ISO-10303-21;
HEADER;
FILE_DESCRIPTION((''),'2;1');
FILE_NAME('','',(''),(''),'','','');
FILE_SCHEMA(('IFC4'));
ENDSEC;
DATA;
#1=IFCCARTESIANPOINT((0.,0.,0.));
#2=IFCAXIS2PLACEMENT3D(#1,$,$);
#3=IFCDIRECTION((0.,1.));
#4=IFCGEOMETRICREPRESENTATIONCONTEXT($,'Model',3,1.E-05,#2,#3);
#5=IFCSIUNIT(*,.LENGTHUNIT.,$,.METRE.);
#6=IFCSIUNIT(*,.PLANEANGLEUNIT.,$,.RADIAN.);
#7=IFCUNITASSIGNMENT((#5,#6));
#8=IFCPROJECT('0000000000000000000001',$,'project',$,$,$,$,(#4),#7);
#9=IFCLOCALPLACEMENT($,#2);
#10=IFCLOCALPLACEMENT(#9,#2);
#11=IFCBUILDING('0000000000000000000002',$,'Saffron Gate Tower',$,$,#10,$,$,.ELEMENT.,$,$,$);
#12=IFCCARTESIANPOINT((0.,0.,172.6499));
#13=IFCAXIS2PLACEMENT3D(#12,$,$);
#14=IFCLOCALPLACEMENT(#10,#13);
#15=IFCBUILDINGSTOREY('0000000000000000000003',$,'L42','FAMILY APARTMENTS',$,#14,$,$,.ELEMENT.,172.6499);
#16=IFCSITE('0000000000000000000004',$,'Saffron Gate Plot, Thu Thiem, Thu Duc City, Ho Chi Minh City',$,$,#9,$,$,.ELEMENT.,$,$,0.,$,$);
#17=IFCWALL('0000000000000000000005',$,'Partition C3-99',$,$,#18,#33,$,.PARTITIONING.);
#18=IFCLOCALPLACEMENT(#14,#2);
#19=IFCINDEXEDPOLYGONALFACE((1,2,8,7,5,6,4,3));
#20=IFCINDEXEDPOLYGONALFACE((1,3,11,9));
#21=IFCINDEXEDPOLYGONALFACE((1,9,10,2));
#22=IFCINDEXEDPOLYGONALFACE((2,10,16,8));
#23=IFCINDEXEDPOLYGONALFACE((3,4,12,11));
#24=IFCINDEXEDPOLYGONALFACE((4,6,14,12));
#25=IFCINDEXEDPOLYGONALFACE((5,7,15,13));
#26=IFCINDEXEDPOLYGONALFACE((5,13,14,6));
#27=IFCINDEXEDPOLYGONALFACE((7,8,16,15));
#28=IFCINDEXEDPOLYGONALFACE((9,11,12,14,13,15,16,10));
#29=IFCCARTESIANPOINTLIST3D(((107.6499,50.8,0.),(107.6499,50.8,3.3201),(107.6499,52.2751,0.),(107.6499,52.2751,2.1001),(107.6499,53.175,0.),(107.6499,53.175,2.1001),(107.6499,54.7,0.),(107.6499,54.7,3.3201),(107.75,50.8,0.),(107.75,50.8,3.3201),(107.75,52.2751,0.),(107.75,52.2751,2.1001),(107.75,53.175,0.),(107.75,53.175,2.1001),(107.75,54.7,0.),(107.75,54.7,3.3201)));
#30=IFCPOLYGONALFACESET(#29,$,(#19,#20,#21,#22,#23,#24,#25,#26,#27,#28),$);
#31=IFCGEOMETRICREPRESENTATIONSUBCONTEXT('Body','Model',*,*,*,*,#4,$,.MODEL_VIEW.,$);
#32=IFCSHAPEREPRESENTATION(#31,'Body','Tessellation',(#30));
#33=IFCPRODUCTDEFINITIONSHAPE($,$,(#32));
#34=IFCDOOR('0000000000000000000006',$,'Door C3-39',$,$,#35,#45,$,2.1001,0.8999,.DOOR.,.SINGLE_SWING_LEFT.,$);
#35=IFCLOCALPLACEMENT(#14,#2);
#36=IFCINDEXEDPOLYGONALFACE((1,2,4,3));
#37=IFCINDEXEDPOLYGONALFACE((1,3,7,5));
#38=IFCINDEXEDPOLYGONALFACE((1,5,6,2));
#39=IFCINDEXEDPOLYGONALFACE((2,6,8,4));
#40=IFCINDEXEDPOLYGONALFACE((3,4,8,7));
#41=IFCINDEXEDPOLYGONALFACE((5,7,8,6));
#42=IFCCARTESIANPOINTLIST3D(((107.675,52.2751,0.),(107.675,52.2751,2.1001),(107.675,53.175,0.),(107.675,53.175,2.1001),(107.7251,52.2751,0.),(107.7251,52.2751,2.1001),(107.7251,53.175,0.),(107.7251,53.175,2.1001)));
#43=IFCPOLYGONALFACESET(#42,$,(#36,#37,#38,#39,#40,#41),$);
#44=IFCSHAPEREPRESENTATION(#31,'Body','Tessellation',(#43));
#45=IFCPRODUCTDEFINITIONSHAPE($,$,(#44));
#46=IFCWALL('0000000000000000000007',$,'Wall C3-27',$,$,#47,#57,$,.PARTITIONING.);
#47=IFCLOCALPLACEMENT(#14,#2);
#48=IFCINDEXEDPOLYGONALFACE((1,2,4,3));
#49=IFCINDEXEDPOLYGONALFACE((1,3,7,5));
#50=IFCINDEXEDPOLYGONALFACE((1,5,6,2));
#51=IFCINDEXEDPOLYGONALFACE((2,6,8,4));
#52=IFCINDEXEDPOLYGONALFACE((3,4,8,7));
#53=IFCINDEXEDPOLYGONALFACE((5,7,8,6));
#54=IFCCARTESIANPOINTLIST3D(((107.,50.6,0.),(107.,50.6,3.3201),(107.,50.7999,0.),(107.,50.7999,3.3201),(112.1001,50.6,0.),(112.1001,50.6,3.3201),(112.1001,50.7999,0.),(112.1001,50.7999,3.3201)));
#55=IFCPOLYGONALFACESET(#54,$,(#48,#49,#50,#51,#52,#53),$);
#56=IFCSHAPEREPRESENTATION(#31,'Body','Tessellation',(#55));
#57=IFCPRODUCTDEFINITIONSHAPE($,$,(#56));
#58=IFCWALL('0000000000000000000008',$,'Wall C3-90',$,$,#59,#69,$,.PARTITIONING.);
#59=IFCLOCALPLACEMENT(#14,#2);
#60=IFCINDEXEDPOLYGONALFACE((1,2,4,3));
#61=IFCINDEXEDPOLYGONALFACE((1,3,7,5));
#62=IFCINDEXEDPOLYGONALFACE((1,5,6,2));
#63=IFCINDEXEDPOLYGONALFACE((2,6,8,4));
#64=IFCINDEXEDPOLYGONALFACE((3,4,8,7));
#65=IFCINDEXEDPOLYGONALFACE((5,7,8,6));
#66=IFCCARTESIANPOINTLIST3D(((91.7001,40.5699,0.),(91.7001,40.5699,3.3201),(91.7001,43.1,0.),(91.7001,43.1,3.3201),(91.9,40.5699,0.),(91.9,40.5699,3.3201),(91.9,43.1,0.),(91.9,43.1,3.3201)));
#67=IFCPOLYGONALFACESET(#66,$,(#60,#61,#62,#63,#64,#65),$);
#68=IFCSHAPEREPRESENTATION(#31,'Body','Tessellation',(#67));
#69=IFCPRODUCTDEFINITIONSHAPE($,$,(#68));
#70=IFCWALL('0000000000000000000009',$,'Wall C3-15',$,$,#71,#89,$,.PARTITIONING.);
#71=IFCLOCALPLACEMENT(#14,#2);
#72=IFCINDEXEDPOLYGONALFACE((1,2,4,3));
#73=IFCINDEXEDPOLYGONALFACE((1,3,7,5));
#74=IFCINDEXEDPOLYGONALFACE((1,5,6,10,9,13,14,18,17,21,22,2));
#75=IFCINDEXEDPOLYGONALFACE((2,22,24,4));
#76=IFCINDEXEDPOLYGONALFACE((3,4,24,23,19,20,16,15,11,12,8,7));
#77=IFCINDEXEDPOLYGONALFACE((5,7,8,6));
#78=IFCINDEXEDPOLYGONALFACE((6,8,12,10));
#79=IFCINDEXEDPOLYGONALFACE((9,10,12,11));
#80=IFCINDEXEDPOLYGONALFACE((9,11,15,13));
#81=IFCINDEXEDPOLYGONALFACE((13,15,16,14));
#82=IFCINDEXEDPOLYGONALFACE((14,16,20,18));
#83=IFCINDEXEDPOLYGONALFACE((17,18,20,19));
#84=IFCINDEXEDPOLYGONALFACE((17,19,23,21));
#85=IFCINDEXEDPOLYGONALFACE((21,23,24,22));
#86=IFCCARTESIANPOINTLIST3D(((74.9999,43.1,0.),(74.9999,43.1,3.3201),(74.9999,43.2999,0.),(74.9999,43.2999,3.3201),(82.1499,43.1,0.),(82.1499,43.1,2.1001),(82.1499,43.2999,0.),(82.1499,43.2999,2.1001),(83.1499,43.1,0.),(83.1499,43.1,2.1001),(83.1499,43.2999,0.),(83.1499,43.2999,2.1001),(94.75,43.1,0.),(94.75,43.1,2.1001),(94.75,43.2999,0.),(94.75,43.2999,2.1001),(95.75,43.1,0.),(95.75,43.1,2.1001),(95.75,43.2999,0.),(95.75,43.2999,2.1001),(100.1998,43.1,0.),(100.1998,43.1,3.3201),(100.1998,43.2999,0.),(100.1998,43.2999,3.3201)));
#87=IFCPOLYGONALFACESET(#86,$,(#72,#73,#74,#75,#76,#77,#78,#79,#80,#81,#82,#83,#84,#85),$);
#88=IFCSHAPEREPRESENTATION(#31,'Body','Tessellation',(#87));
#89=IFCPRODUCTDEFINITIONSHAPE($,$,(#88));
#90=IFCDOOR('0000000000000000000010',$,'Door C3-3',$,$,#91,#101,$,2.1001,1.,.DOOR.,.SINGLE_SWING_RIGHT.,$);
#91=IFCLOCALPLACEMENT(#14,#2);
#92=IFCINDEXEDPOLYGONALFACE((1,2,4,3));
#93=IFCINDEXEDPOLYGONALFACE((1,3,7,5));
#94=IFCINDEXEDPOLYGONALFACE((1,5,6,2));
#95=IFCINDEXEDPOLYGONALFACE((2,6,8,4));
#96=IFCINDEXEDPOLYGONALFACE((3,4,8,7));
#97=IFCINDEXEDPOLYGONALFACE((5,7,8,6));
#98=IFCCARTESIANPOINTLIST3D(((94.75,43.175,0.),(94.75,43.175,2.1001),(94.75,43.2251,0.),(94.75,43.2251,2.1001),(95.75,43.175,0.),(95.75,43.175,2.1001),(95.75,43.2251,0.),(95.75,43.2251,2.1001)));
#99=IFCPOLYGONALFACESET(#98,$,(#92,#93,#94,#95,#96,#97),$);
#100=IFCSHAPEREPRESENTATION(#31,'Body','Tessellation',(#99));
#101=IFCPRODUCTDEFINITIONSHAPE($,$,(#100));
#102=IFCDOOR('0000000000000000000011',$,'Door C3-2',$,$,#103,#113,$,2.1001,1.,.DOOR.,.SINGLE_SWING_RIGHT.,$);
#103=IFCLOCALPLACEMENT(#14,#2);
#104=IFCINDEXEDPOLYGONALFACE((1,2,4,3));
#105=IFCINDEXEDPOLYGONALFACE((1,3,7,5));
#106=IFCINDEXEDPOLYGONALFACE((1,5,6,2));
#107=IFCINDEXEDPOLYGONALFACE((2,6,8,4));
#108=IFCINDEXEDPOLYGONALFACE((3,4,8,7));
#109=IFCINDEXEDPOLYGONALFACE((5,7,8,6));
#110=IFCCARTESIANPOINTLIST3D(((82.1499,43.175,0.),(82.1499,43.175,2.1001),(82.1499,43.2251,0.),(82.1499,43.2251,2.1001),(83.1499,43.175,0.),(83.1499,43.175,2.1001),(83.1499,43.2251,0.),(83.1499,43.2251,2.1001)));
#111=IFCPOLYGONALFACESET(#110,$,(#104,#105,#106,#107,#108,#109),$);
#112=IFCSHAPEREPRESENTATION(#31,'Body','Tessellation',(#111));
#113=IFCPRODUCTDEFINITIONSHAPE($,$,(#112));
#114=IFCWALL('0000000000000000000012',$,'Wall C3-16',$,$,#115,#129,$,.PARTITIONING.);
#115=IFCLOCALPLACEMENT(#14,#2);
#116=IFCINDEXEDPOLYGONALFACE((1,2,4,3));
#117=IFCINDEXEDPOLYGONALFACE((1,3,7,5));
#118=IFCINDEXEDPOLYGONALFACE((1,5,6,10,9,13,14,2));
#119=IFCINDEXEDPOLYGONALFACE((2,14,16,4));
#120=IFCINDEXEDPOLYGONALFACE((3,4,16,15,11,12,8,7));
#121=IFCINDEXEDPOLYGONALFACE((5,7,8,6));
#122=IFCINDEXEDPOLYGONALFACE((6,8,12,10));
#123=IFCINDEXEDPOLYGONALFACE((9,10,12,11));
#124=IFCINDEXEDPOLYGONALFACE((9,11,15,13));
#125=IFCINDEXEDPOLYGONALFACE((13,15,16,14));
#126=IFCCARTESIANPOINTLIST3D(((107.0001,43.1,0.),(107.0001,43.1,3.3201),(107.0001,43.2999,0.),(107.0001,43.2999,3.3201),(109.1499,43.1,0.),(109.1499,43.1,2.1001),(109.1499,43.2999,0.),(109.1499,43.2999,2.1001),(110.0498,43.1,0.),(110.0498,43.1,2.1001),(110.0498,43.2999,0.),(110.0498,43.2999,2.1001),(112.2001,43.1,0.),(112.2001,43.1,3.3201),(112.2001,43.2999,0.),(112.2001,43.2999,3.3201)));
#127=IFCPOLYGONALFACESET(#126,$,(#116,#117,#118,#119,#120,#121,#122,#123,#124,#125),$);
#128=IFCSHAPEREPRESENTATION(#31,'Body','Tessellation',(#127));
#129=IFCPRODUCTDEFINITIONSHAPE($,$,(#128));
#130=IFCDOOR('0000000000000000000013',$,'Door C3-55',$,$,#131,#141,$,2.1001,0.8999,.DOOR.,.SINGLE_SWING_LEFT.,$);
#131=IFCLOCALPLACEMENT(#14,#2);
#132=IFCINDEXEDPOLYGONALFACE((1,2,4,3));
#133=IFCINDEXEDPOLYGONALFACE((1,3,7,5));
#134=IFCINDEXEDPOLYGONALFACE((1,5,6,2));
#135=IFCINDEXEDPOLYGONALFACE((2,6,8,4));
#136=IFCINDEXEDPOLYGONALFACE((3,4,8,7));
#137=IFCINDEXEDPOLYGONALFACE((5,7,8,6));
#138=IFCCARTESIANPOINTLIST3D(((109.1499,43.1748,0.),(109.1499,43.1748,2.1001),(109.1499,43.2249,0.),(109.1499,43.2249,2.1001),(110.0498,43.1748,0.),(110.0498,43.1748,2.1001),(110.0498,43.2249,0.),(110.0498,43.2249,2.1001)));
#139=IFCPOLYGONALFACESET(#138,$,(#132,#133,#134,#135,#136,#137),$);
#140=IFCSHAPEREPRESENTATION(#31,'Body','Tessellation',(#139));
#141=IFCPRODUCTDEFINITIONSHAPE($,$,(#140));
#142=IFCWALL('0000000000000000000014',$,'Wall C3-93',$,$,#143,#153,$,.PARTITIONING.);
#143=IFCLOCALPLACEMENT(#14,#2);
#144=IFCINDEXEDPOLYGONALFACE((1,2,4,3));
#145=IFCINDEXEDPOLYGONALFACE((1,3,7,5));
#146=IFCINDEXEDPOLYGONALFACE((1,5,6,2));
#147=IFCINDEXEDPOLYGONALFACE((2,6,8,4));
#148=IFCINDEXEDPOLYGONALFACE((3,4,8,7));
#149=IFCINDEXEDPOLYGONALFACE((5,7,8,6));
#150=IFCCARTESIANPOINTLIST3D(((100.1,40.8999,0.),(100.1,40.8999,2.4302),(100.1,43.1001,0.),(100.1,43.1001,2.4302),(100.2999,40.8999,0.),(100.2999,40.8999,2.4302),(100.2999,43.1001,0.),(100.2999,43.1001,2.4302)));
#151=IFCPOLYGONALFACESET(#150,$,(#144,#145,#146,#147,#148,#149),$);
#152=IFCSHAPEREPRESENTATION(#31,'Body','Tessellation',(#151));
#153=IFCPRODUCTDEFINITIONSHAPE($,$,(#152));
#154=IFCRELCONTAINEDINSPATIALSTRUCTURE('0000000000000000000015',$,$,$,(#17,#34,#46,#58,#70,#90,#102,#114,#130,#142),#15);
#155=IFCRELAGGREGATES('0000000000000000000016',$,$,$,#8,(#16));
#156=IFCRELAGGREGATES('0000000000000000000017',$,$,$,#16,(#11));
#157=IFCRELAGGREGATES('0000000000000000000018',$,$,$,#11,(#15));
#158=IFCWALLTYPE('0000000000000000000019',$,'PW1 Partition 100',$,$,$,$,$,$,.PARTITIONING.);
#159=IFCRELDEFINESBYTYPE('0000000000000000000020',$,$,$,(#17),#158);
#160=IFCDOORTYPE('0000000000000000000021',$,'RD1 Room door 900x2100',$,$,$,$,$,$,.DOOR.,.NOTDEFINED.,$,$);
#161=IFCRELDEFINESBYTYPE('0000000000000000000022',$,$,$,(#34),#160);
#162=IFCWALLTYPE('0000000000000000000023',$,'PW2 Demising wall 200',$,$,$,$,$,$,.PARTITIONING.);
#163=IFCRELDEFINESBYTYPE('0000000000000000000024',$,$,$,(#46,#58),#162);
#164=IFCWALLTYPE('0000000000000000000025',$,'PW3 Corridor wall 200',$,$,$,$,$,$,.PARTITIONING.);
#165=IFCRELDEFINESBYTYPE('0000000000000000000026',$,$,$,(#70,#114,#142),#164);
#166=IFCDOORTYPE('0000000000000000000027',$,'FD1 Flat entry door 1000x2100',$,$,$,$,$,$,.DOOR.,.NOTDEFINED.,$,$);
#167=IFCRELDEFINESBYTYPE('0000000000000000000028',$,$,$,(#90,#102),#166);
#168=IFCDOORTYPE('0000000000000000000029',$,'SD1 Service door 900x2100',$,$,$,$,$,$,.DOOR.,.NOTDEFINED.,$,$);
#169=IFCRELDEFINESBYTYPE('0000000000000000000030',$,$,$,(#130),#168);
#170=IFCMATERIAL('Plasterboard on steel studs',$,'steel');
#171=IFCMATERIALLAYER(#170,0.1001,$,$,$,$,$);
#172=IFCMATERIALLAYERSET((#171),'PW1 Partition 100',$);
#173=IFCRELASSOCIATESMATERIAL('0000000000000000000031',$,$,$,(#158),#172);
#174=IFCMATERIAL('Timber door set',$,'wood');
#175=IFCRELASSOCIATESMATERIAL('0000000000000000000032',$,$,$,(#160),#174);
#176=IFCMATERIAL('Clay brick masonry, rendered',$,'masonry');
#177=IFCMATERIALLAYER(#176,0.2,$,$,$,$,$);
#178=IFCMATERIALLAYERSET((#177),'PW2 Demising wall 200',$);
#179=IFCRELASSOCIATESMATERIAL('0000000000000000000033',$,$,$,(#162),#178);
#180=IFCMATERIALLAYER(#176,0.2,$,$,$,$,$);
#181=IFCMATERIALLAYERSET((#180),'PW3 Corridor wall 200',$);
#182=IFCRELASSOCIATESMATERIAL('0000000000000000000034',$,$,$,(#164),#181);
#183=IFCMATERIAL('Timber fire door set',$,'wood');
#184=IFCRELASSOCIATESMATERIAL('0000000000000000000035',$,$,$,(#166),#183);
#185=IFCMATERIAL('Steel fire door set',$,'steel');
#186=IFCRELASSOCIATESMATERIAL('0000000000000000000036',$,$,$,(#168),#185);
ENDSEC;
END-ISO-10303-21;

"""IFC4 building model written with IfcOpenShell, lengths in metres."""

from ifc_helpers import new_model, si_unit, direction, frame, frame_2d, origin, place, context, subcontext, project, spatial, rectangle, extrude, material, layer, layer_set, type_object, element, fill, save


model = new_model("IFC4")

# Units and contexts
model_context = context("Model", 3, precision=1e-05, world=origin(), true_north=direction((0.0, 1.0)))
body_context = subcontext(model_context, "Body", "Model", "MODEL_VIEW")
ifc_project = project(units=[si_unit("LENGTHUNIT", "METRE"), si_unit("PLANEANGLEUNIT", "RADIAN")], contexts=[model_context])

# Site, building, storey
site_placement = place(None, origin())
site = spatial("IfcSite", under=ifc_project, at=site_placement, Name="Saffron Gate Plot, Thu Thiem, Thu Duc City, Ho Chi Minh City", CompositionType="ELEMENT", RefElevation=0.0)
building_placement = place(site_placement, origin())
building = spatial("IfcBuilding", under=site, at=building_placement, Name="Saffron Gate Tower", CompositionType="ELEMENT")
storey_placement = place(building_placement, frame((0.0, 0.0, 172.6499)))
storey = spatial("IfcBuildingStorey", under=building, at=storey_placement, Name="L42", Description="FAMILY APARTMENTS", CompositionType="ELEMENT", Elevation=172.6499)

# Shared definitions
ifc_material_1 = material(Name="Steel fire door set", Category="steel")

# Shared definitions
ifc_material_2 = material(Name="Plasterboard on steel studs", Category="steel")
ifc_layer_1 = layer(ifc_material_2, 0.1001)
ifc_layer_set_1 = layer_set([ifc_layer_1], Name="PW1 Partition 100")
wall_type_1 = type_object("IfcWallType", Name="PW1 Partition 100", PredefinedType="PARTITIONING", material=ifc_layer_set_1)

# Wall, opening, door
wall_1_placement = place(storey_placement, frame((107.7, 50.8, 0.0), z_axis=(0.0, 0.0, 1.0), x_axis=(0.0, 1.0, 0.0)))
wall_1 = element("IfcWall", 1, at=wall_1_placement, inside=storey, type_object=wall_type_1, Name="Partition C3-99", PredefinedType="PARTITIONING", context=body_context, shape_type="SweptSolid", body=[
    extrude(rectangle(XDim=3.8999, YDim=0.1001, at=frame_2d((1.95, 0.0))), origin(), (0.0, 0.0, 1.0), 3.3201),
])
opening_1_placement = place(wall_1_placement, frame((1.4751, 0.0, 0.0)))
opening_1 = element("IfcOpeningElement", 2, at=opening_1_placement, cuts=wall_1, PredefinedType="OPENING", context=body_context, shape_type="SweptSolid", body=[
    extrude(rectangle(XDim=0.8999, YDim=2.1001, at=frame_2d((0.45, 1.05))), frame((0.0, 0.0601, 0.0), z_axis=(0.0, -1.0, 0.0), x_axis=(1.0, 0.0, 0.0)), (0.0, 0.0, 1.0), 0.1201),
])
ifc_material_3 = material(Name="Timber door set", Category="wood")
door_type_1 = type_object("IfcDoorType", Name="RD1 Room door 900x2100", OperationType="NOTDEFINED", PredefinedType="DOOR", material=ifc_material_3)
door_1_placement = place(opening_1_placement, origin())
door_1 = element("IfcDoor", 3, at=door_1_placement, inside=storey, type_object=door_type_1, Name="Door C3-39", OperationType="SINGLE_SWING_LEFT", OverallHeight=2.1001, OverallWidth=0.8999, PredefinedType="DOOR", context=body_context, shape_type="SweptSolid", body=[
    extrude(rectangle(XDim=0.8999, YDim=2.1001, at=frame_2d((0.45, 1.05))), frame((0.0, 0.0249, 0.0), z_axis=(0.0, -1.0, 0.0), x_axis=(1.0, 0.0, 0.0)), (0.0, 0.0, 1.0), 0.05),
])
fill(opening_1, door_1)

# Walls
ifc_material_4 = material(Name="Clay brick masonry, rendered", Category="masonry")
ifc_layer_2 = layer(ifc_material_4, 0.2)
ifc_layer_set_2 = layer_set([ifc_layer_2], Name="PW2 Demising wall 200")
wall_type_2 = type_object("IfcWallType", Name="PW2 Demising wall 200", PredefinedType="PARTITIONING", material=ifc_layer_set_2)
wall_2_placement = place(storey_placement, frame((107.0, 50.7, 0.0), z_axis=(0.0, 0.0, 1.0), x_axis=(1.0, 0.0, 0.0)))
element("IfcWall", 4, at=wall_2_placement, inside=storey, type_object=wall_type_2, Name="Wall C3-27", PredefinedType="PARTITIONING", context=body_context, shape_type="SweptSolid", body=[
    extrude(rectangle(XDim=5.1001, YDim=0.2, at=frame_2d((2.55, 0.0))), origin(), (0.0, 0.0, 1.0), 3.3201),
])
wall_3_placement = place(storey_placement, frame((91.8, 43.1001, 0.0), z_axis=(0.0, 0.0, 1.0), x_axis=(0.0, -1.0, 0.0)))
element("IfcWall", 5, at=wall_3_placement, inside=storey, type_object=wall_type_2, Name="Wall C3-90", PredefinedType="PARTITIONING", context=body_context, shape_type="SweptSolid", body=[
    extrude(rectangle(XDim=2.53, YDim=0.2, at=frame_2d((1.2651, 0.0))), origin(), (0.0, 0.0, 1.0), 3.3201),
])

# Wall, openings, doors
ifc_layer_3 = layer(ifc_material_4, 0.2)
ifc_layer_set_3 = layer_set([ifc_layer_3], Name="PW3 Corridor wall 200")
wall_type_3 = type_object("IfcWallType", Name="PW3 Corridor wall 200", PredefinedType="PARTITIONING", material=ifc_layer_set_3)
wall_4_placement = place(storey_placement, frame((100.2, 43.2, 0.0), z_axis=(0.0, 0.0, 1.0), x_axis=(-1.0, 0.0, 0.0)))
wall_4 = element("IfcWall", 6, at=wall_4_placement, inside=storey, type_object=wall_type_3, Name="Wall C3-15", PredefinedType="PARTITIONING", context=body_context, shape_type="SweptSolid", body=[
    extrude(rectangle(XDim=25.2, YDim=0.2, at=frame_2d((12.6001, 0.0))), origin(), (0.0, 0.0, 1.0), 3.3201),
])
opening_2_placement = place(wall_4_placement, frame((4.45, 0.0, 0.0)))
opening_2 = element("IfcOpeningElement", 7, at=opening_2_placement, cuts=wall_4, PredefinedType="OPENING", context=body_context, shape_type="SweptSolid", body=[
    extrude(rectangle(XDim=1.0, YDim=2.1001, at=frame_2d((0.5, 1.05))), frame((0.0, 0.1099, 0.0), z_axis=(0.0, -1.0, 0.0), x_axis=(1.0, 0.0, 0.0)), (0.0, 0.0, 1.0), 0.22),
])
opening_3_placement = place(wall_4_placement, frame((17.05, 0.0, 0.0)))
opening_3 = element("IfcOpeningElement", 8, at=opening_3_placement, cuts=wall_4, PredefinedType="OPENING", context=body_context, shape_type="SweptSolid", body=[
    extrude(rectangle(XDim=1.0, YDim=2.1001, at=frame_2d((0.5, 1.05))), frame((0.0, 0.1099, 0.0), z_axis=(0.0, -1.0, 0.0), x_axis=(1.0, 0.0, 0.0)), (0.0, 0.0, 1.0), 0.22),
])
ifc_material_5 = material(Name="Timber fire door set", Category="wood")
door_type_2 = type_object("IfcDoorType", Name="FD1 Flat entry door 1000x2100", OperationType="NOTDEFINED", PredefinedType="DOOR", material=ifc_material_5)
door_2_placement = place(opening_2_placement, origin())
door_2 = element("IfcDoor", 9, at=door_2_placement, inside=storey, type_object=door_type_2, Name="Door C3-3", OperationType="SINGLE_SWING_RIGHT", OverallHeight=2.1001, OverallWidth=1.0, PredefinedType="DOOR", context=body_context, shape_type="SweptSolid", body=[
    extrude(rectangle(XDim=1.0, YDim=2.1001, at=frame_2d((0.5, 1.05))), frame((0.0, 0.0249, 0.0), z_axis=(0.0, -1.0, 0.0), x_axis=(1.0, 0.0, 0.0)), (0.0, 0.0, 1.0), 0.05),
])
fill(opening_2, door_2)
door_3_placement = place(opening_3_placement, origin())
door_3 = element("IfcDoor", 10, at=door_3_placement, inside=storey, type_object=door_type_2, Name="Door C3-2", OperationType="SINGLE_SWING_RIGHT", OverallHeight=2.1001, OverallWidth=1.0, PredefinedType="DOOR", context=body_context, shape_type="SweptSolid", body=[
    extrude(rectangle(XDim=1.0, YDim=2.1001, at=frame_2d((0.5, 1.05))), frame((0.0, 0.0249, 0.0), z_axis=(0.0, -1.0, 0.0), x_axis=(1.0, 0.0, 0.0)), (0.0, 0.0, 1.0), 0.05),
])
fill(opening_3, door_3)

# Wall, opening, door
wall_5_placement = place(storey_placement, frame((107.0, 43.2, 0.0), z_axis=(0.0, 0.0, 1.0), x_axis=(1.0, 0.0, 0.0)))
wall_5 = element("IfcWall", 11, at=wall_5_placement, inside=storey, type_object=wall_type_3, Name="Wall C3-16", PredefinedType="PARTITIONING", context=body_context, shape_type="SweptSolid", body=[
    extrude(rectangle(XDim=5.2, YDim=0.2, at=frame_2d((2.6001, 0.0))), origin(), (0.0, 0.0, 1.0), 3.3201),
])
opening_4_placement = place(wall_5_placement, frame((2.1499, 0.0, 0.0)))
opening_4 = element("IfcOpeningElement", 12, at=opening_4_placement, cuts=wall_5, PredefinedType="OPENING", context=body_context, shape_type="SweptSolid", body=[
    extrude(rectangle(XDim=0.8999, YDim=2.1001, at=frame_2d((0.45, 1.05))), frame((0.0, 0.1099, 0.0), z_axis=(0.0, -1.0, 0.0), x_axis=(1.0, 0.0, 0.0)), (0.0, 0.0, 1.0), 0.22),
])
door_type_3 = type_object("IfcDoorType", Name="SD1 Service door 900x2100", OperationType="NOTDEFINED", PredefinedType="DOOR", material=ifc_material_1)
door_4_placement = place(opening_4_placement, origin())
door_4 = element("IfcDoor", 13, at=door_4_placement, inside=storey, type_object=door_type_3, Name="Door C3-55", OperationType="SINGLE_SWING_LEFT", OverallHeight=2.1001, OverallWidth=0.8999, PredefinedType="DOOR", context=body_context, shape_type="SweptSolid", body=[
    extrude(rectangle(XDim=0.8999, YDim=2.1001, at=frame_2d((0.45, 1.05))), frame((0.0, 0.0249, 0.0), z_axis=(0.0, -1.0, 0.0), x_axis=(1.0, 0.0, 0.0)), (0.0, 0.0, 1.0), 0.05),
])
fill(opening_4, door_4)

# Wall
wall_6_placement = place(storey_placement, frame((100.2, 43.1001, 0.0), z_axis=(0.0, 0.0, 1.0), x_axis=(0.0, -1.0, 0.0)))
element("IfcWall", 14, at=wall_6_placement, inside=storey, type_object=wall_type_3, Name="Wall C3-93", PredefinedType="PARTITIONING", context=body_context, shape_type="SweptSolid", body=[
    extrude(rectangle(XDim=2.2002, YDim=0.2, at=frame_2d((1.1001, 0.0))), origin(), (0.0, 0.0, 1.0), 2.4302),
])

save(model, "model.ifc")
